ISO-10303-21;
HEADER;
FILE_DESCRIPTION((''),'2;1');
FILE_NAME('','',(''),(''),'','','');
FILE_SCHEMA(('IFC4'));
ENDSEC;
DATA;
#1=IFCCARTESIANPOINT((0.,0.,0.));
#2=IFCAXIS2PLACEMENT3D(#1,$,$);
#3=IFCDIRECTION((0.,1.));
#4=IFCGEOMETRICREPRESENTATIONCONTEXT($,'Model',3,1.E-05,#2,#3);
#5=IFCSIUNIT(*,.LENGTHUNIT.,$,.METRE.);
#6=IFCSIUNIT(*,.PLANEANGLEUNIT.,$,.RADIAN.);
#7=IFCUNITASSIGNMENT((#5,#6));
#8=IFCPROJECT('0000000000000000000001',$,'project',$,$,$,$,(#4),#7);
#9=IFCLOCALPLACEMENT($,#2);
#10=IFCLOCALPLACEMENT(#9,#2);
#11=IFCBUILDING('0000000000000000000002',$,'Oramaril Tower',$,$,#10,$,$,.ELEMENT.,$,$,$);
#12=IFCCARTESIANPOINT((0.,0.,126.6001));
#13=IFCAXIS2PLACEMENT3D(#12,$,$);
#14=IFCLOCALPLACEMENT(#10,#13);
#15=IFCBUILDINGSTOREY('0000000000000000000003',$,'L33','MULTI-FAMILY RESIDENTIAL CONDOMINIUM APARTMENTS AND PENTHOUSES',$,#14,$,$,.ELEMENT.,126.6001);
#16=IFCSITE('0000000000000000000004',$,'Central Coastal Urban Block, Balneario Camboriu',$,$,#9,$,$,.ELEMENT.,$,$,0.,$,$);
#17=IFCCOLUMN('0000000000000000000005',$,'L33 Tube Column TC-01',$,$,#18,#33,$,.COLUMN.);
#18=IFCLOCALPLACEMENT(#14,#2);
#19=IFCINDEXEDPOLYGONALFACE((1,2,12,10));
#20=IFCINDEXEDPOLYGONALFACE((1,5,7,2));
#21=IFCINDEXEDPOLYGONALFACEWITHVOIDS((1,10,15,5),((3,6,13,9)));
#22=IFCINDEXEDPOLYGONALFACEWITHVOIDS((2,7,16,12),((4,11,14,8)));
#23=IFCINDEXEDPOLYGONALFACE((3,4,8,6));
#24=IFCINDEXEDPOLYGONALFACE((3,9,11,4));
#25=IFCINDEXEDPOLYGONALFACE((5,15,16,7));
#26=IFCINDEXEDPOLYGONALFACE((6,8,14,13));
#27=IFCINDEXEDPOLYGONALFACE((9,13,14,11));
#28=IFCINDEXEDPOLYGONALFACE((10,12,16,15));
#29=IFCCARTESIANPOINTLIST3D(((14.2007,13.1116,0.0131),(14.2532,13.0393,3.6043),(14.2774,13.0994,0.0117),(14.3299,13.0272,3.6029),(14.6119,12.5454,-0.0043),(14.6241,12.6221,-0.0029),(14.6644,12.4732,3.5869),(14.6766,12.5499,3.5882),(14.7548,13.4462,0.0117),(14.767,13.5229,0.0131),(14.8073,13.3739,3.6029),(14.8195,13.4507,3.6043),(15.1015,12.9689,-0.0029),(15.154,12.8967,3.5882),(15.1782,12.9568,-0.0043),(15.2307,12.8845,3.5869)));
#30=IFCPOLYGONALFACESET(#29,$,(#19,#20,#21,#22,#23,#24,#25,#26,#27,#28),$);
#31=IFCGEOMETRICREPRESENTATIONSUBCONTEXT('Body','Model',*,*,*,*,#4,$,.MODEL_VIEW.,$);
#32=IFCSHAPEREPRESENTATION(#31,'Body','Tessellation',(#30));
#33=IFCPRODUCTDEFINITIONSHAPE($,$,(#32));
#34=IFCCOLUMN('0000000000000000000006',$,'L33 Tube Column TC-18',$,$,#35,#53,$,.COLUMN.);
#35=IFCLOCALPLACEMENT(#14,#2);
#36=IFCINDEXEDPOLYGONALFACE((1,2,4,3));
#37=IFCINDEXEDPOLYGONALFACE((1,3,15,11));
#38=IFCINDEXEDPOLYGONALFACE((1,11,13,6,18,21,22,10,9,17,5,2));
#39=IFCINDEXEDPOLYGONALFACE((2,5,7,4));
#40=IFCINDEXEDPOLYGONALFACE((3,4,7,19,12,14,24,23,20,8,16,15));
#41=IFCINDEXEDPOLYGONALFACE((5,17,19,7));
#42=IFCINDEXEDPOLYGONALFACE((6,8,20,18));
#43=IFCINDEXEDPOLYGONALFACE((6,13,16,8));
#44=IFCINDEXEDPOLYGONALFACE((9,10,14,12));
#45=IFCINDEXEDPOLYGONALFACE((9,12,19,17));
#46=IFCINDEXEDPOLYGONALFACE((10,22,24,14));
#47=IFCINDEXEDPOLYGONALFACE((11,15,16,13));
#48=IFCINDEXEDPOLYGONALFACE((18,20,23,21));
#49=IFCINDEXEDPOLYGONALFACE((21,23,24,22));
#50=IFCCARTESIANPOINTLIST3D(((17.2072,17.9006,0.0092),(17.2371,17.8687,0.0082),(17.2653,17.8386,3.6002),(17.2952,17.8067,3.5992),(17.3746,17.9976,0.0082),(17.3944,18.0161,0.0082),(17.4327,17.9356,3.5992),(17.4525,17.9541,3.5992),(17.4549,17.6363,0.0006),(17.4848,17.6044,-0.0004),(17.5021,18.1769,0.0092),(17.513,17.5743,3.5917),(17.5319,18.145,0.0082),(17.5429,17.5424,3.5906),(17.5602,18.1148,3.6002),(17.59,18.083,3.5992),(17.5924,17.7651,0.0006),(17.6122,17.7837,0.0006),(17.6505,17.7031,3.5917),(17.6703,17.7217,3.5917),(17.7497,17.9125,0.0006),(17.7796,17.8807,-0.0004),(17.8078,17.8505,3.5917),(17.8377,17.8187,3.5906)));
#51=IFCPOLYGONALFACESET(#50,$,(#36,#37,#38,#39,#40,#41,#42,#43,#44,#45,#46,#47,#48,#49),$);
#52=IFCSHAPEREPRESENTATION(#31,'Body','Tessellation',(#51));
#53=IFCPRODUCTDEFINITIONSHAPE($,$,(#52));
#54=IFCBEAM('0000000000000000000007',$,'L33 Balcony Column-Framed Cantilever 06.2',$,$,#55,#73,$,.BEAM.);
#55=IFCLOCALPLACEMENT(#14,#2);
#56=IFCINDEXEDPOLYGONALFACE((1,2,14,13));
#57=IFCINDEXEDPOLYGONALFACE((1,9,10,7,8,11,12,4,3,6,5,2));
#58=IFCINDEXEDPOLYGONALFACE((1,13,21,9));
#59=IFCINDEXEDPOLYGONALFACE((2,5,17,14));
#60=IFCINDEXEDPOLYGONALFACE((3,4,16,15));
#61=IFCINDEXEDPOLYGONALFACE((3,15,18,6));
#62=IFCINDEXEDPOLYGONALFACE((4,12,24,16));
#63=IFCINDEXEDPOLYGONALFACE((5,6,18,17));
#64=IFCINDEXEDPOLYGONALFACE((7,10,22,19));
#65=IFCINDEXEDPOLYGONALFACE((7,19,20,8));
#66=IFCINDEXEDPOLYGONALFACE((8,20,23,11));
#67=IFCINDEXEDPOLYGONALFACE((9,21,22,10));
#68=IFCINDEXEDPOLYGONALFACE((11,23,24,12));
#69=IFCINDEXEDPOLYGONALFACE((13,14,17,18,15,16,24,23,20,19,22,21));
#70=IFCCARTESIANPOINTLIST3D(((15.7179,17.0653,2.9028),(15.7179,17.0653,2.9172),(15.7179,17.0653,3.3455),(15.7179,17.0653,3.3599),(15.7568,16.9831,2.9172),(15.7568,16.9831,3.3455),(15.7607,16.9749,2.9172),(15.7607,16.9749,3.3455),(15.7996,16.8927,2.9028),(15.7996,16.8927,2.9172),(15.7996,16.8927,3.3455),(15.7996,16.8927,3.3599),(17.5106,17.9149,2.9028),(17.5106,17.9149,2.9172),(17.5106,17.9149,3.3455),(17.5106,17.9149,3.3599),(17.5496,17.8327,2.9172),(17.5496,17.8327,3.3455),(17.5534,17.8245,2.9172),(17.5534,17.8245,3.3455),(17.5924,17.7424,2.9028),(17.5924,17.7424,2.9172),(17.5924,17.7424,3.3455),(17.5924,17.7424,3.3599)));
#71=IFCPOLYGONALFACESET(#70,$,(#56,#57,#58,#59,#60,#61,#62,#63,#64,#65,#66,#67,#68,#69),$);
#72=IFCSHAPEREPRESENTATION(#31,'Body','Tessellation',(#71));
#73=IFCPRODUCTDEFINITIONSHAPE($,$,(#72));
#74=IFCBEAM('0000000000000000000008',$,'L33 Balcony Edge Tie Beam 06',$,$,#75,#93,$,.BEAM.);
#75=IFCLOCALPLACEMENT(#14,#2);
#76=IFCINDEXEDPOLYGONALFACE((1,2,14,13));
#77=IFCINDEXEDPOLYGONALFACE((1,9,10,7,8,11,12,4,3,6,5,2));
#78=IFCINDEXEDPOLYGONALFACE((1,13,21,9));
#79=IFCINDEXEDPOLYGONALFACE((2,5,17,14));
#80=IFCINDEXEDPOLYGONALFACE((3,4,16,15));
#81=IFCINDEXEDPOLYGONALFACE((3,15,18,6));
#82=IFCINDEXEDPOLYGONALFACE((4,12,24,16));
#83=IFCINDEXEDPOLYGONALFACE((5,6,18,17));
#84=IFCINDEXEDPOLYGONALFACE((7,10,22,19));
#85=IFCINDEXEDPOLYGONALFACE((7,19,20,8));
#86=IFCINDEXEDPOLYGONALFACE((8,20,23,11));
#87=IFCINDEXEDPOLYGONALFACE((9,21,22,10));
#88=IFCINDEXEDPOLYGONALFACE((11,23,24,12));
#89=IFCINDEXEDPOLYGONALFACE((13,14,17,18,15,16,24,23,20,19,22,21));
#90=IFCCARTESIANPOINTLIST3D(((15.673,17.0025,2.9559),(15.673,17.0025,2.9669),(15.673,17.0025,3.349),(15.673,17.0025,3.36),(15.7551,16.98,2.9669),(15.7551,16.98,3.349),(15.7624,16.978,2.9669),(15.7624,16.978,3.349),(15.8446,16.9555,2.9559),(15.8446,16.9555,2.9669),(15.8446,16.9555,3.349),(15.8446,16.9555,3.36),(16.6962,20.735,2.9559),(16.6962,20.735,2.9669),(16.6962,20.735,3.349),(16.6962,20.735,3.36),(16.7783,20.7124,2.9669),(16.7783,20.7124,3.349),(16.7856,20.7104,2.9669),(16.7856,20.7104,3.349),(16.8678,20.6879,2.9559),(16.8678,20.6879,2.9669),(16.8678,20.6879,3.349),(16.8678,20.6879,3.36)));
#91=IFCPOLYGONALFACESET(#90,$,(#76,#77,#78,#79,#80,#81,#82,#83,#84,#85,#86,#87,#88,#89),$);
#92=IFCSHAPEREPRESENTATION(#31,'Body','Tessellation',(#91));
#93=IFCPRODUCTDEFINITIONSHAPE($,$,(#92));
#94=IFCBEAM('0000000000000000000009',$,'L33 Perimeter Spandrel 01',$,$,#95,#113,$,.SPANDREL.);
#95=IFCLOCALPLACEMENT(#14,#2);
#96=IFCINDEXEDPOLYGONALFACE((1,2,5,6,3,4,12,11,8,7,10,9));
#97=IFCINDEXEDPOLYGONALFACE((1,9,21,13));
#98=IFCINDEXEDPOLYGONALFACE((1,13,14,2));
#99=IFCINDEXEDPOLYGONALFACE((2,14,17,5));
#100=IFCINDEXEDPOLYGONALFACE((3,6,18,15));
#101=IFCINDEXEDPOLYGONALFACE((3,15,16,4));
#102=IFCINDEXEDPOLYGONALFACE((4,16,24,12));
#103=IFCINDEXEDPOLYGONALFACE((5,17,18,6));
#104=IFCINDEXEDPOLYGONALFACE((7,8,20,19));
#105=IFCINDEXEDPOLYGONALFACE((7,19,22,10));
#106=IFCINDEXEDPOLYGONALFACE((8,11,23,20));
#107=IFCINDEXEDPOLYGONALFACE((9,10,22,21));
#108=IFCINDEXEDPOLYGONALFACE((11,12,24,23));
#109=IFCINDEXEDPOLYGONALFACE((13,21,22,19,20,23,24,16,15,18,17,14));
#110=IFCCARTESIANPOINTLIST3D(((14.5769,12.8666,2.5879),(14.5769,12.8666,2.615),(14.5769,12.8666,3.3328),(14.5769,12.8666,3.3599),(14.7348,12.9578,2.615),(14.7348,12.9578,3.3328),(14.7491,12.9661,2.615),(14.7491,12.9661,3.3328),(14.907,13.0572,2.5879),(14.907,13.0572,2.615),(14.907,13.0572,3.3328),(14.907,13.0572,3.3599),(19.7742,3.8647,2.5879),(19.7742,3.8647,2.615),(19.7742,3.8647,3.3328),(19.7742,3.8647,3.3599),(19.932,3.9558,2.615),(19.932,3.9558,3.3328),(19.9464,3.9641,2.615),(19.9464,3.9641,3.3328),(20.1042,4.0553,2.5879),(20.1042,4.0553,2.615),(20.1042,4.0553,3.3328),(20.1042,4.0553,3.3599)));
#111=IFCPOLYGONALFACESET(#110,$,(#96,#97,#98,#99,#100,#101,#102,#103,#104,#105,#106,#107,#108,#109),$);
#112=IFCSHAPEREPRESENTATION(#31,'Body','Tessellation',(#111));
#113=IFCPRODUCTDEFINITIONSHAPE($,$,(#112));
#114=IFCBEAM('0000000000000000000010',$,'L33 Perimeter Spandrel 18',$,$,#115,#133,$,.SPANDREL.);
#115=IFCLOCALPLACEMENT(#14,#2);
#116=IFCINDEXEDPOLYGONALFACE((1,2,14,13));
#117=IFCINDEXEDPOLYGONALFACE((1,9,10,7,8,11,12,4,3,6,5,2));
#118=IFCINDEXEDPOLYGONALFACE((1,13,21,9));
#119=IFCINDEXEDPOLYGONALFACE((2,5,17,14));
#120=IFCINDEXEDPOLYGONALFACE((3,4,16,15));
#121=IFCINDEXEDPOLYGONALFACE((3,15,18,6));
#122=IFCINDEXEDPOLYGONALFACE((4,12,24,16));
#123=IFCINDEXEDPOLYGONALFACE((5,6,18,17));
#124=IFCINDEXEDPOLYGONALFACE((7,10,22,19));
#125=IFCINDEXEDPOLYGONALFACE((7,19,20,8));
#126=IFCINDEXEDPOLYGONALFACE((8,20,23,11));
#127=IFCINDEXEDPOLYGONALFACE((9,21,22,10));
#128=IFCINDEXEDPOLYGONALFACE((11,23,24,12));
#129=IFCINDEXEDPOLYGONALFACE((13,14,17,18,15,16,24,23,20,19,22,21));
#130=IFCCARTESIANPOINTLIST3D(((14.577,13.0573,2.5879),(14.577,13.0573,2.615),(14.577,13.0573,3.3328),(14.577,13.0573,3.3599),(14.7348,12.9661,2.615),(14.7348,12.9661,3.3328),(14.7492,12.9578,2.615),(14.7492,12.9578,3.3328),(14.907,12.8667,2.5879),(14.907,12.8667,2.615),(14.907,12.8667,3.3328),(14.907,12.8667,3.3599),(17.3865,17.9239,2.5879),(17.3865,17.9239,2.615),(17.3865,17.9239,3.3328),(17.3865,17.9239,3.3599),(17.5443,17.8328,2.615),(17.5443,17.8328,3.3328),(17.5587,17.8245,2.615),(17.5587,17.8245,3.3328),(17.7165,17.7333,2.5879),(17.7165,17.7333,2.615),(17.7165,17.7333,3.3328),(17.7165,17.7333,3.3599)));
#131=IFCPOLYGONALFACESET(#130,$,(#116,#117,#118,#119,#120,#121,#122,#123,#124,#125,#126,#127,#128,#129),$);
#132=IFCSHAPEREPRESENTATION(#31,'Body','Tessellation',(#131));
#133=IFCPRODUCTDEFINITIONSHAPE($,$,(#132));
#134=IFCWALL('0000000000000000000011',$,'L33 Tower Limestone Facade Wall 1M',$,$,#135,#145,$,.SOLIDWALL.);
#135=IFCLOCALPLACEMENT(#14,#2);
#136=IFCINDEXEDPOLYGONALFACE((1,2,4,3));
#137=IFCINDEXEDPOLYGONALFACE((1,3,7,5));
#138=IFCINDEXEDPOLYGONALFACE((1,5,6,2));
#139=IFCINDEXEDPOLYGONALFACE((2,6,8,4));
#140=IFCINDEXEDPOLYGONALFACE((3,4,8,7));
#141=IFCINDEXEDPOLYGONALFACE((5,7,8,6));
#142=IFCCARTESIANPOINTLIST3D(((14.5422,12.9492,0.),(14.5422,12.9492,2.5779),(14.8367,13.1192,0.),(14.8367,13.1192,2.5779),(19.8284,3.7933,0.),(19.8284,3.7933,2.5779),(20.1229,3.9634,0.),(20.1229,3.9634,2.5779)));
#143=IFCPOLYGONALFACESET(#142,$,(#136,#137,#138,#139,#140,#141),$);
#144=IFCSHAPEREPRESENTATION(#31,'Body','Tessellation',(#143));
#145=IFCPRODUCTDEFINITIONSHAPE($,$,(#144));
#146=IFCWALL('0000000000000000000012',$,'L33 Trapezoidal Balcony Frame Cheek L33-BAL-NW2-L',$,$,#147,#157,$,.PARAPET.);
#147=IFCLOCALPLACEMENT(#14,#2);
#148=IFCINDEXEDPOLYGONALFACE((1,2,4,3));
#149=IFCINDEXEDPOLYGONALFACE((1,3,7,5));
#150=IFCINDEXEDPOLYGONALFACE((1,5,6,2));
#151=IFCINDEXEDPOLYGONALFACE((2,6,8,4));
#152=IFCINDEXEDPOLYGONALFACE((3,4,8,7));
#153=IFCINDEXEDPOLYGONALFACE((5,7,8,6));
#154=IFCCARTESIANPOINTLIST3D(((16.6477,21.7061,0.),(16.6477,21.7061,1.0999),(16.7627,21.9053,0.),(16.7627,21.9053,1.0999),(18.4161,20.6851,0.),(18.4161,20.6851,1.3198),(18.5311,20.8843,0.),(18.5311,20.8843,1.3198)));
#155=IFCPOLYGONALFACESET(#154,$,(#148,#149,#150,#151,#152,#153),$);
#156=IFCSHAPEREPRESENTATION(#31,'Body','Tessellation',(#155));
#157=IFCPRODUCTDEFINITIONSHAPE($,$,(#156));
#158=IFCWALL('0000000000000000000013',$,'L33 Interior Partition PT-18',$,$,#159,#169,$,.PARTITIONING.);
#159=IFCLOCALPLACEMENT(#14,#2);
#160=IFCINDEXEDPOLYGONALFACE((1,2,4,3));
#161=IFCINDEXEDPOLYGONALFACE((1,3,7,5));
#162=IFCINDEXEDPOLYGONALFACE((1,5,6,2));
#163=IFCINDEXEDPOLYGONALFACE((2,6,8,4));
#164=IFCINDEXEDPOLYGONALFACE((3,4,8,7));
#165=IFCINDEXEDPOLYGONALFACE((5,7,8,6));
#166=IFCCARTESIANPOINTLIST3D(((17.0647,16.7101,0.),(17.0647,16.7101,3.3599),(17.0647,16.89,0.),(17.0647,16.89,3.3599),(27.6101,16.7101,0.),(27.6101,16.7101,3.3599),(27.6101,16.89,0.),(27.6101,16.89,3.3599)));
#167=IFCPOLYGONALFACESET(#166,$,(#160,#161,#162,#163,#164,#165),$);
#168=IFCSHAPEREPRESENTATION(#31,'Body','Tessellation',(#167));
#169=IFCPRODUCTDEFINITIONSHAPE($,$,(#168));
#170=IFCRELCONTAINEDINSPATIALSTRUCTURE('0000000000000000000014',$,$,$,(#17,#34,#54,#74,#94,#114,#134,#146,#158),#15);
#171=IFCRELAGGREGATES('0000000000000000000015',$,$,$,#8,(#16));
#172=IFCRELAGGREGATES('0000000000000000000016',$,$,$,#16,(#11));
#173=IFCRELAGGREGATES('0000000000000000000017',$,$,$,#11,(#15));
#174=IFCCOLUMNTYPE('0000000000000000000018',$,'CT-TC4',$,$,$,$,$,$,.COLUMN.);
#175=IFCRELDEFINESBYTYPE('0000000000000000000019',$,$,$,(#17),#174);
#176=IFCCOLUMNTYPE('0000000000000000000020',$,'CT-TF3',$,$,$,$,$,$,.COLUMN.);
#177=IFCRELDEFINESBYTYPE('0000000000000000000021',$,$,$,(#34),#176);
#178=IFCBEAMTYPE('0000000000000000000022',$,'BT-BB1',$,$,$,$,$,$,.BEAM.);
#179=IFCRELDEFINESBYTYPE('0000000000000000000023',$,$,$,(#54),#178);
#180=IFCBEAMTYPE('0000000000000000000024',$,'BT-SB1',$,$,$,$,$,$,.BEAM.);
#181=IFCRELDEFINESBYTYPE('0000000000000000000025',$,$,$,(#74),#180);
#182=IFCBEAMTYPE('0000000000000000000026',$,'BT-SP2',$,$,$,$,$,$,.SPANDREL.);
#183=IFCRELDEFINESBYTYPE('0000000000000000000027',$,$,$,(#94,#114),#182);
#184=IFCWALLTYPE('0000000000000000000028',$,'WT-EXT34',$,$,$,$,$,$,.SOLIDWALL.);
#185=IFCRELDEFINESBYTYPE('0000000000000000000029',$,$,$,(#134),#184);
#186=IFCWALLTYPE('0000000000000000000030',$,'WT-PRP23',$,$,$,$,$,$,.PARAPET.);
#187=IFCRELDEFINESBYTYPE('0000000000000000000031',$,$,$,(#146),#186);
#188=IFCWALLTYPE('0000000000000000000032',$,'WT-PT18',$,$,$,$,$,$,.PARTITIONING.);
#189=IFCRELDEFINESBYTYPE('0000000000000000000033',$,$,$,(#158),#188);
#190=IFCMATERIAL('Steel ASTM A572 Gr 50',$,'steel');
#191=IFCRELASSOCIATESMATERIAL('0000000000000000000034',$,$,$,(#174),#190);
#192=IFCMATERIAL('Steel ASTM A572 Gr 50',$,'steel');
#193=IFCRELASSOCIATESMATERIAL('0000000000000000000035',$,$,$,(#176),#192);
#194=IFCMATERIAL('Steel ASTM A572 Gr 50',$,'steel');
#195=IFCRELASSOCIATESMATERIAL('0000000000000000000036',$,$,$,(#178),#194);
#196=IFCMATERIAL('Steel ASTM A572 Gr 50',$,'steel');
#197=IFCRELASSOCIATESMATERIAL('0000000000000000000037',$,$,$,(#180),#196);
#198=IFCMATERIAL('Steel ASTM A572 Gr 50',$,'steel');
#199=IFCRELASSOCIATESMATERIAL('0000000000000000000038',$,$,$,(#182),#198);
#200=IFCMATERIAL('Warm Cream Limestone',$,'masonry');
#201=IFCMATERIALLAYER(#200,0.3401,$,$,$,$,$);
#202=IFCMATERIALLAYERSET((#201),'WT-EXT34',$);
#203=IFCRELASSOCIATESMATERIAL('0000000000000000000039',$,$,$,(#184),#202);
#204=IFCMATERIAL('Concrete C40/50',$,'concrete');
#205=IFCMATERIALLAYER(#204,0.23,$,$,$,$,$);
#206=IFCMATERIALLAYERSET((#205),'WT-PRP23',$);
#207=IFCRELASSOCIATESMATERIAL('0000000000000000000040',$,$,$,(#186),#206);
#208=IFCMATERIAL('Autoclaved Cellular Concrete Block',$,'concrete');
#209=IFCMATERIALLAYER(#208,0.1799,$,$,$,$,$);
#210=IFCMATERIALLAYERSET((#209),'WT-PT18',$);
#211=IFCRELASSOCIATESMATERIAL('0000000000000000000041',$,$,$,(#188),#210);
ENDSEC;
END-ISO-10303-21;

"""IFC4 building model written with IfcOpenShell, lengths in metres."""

from ifc_helpers import new_model, si_unit, direction, frame, frame_2d, origin, origin_2d, place, context, subcontext, project, spatial, polyline, rectangle, hollow_rectangle, i_section, outline, extrude, material, layer, layer_set, material_profile, profile_set, type_object, element, save


model = new_model("IFC4")

# Units and contexts
model_context = context("Model", 3, precision=1e-05, world=origin(), true_north=direction((0.0, 1.0)))
body_context = subcontext(model_context, "Body", "Model", "MODEL_VIEW")
ifc_project = project(units=[si_unit("LENGTHUNIT", "METRE"), si_unit("PLANEANGLEUNIT", "RADIAN")], contexts=[model_context])

# Site, building, storey
site_placement = place(None, origin())
site = spatial("IfcSite", under=ifc_project, at=site_placement, Name="Central Coastal Urban Block, Balneario Camboriu", CompositionType="ELEMENT", RefElevation=0.0)
building_placement = place(site_placement, origin())
building = spatial("IfcBuilding", under=site, at=building_placement, Name="Oramaril Tower", CompositionType="ELEMENT")
storey_placement = place(building_placement, frame((0.0, 0.0, 126.6001)))
storey = spatial("IfcBuildingStorey", under=building, at=storey_placement, Name="L33", Description="MULTI-FAMILY RESIDENTIAL CONDOMINIUM APARTMENTS AND PENTHOUSES", CompositionType="ELEMENT", Elevation=126.6001)

# Columns
ifc_material_1 = material(Name="Steel ASTM A572 Gr 50", Category="steel")
ifc_material_profile_1 = material_profile(ifc_material_1, hollow_rectangle(XDim=0.7, YDim=0.7, WallThickness=0.0549, at=origin_2d()), Name="BOX700X700X55")
ifc_profile_set_1 = profile_set([ifc_material_profile_1], Name="Steel ASTM A572 Gr 50")
column_type_1 = type_object("IfcColumnType", Name="CT-TC4", PredefinedType="COLUMN", material=ifc_profile_set_1)
column_1_placement = place(storey_placement, frame((14.6895, 13.0342, 0.0044), z_axis=(0.014612, -0.020118, 0.999691), x_axis=(0.809091, 0.587684, 0.0)))
element("IfcColumn", 1, at=column_1_placement, inside=storey, type_object=column_type_1, Name="L33 Tube Column TC-01", PredefinedType="COLUMN", context=body_context, shape_type="SweptSolid", body=[
    extrude(hollow_rectangle(XDim=0.7, YDim=0.7, WallThickness=0.0549, at=origin_2d()), origin(), (0.0, 0.0, 1.0), 3.5923),
])
ifc_material_2 = material(Name="Steel ASTM A572 Gr 50", Category="steel")
ifc_material_profile_2 = material_profile(ifc_material_2, i_section(OverallWidth=0.4041, OverallDepth=0.406, WebThickness=0.0271, FlangeThickness=0.0437, at=origin_2d()), Name="W14X233")
ifc_profile_set_2 = profile_set([ifc_material_profile_2], Name="Steel ASTM A572 Gr 50")
column_type_2 = type_object("IfcColumnType", Name="CT-TF3", PredefinedType="COLUMN", material=ifc_profile_set_2)
column_2_placement = place(storey_placement, frame((17.4934, 17.8906, 0.0044), z_axis=(0.016176, -0.017264, 0.99972), x_axis=(0.729716, 0.68375, 0.0)))
element("IfcColumn", 2, at=column_2_placement, inside=storey, type_object=column_type_2, Name="L33 Tube Column TC-18", PredefinedType="COLUMN", context=body_context, shape_type="SweptSolid", body=[
    extrude(i_section(OverallWidth=0.4041, OverallDepth=0.406, WebThickness=0.0271, FlangeThickness=0.0437, at=origin_2d()), origin(), (0.0, 0.0, 1.0), 3.592),
])

# Beams
ifc_material_3 = material(Name="Steel ASTM A572 Gr 50", Category="steel")
ifc_material_profile_3 = material_profile(ifc_material_3, i_section(OverallWidth=0.1909, OverallDepth=0.457, WebThickness=0.009, FlangeThickness=0.0144, at=origin_2d()), Name="W18X50")
ifc_profile_set_3 = profile_set([ifc_material_profile_3], Name="Steel ASTM A572 Gr 50")
beam_type_1 = type_object("IfcBeamType", Name="BT-BB1", PredefinedType="BEAM", material=ifc_profile_set_3)
beam_1_placement = place(storey_placement, frame((17.5515, 17.8286, 3.1313), z_axis=(-0.903655, -0.428261, 0.0), x_axis=(0.428261, -0.903655, 0.0)))
element("IfcBeam", 3, at=beam_1_placement, inside=storey, type_object=beam_type_1, Name="L33 Balcony Column-Framed Cantilever 06.2", PredefinedType="BEAM", context=body_context, shape_type="SweptSolid", body=[
    extrude(i_section(OverallWidth=0.1909, OverallDepth=0.457, WebThickness=0.009, FlangeThickness=0.0144, at=origin_2d()), origin(), (0.0, 0.0, 1.0), 1.9839),
])
ifc_material_4 = material(Name="Steel ASTM A572 Gr 50", Category="steel")
ifc_material_profile_4 = material_profile(ifc_material_4, i_section(OverallWidth=0.178, OverallDepth=0.4041, WebThickness=0.0076, FlangeThickness=0.011, at=origin_2d()), Name="W16X36")
ifc_profile_set_4 = profile_set([ifc_material_profile_4], Name="Steel ASTM A572 Gr 50")
beam_type_2 = type_object("IfcBeamType", Name="BT-SB1", PredefinedType="BEAM", material=ifc_profile_set_4)
beam_2_placement = place(storey_placement, frame((16.782, 20.7114, 3.158), z_axis=(-0.264382, -0.964418, 0.0), x_axis=(0.964418, -0.264382, 0.0)))
element("IfcBeam", 4, at=beam_2_placement, inside=storey, type_object=beam_type_2, Name="L33 Balcony Edge Tie Beam 06", PredefinedType="BEAM", context=body_context, shape_type="SweptSolid", body=[
    extrude(i_section(OverallWidth=0.178, OverallDepth=0.4041, WebThickness=0.0076, FlangeThickness=0.011, at=origin_2d()), origin(), (0.0, 0.0, 1.0), 3.8701),
])
ifc_material_5 = material(Name="Steel ASTM A572 Gr 50", Category="steel")
ifc_material_profile_5 = material_profile(ifc_material_5, i_section(OverallWidth=0.3811, OverallDepth=0.772, WebThickness=0.0166, FlangeThickness=0.0271, at=origin_2d()), Name="W30X173")
ifc_profile_set_5 = profile_set([ifc_material_profile_5], Name="Steel ASTM A572 Gr 50")
beam_type_3 = type_object("IfcBeamType", Name="BT-SP2", PredefinedType="SPANDREL", material=ifc_profile_set_5)
beam_3_placement = place(storey_placement, frame((14.7419, 12.9619, 2.9739), z_axis=(0.499999, -0.866026, 0.0), x_axis=(0.866026, 0.499999, 0.0)))
element("IfcBeam", 5, at=beam_3_placement, inside=storey, type_object=beam_type_3, Name="L33 Perimeter Spandrel 01", PredefinedType="SPANDREL", context=body_context, shape_type="SweptSolid", body=[
    extrude(i_section(OverallWidth=0.3811, OverallDepth=0.772, WebThickness=0.0166, FlangeThickness=0.0271, at=origin_2d()), origin(), (0.0, 0.0, 1.0), 10.3945),
])
beam_4_placement = place(storey_placement, frame((17.5515, 17.8286, 2.9739), z_axis=(-0.499971, -0.866042, 0.0), x_axis=(0.866042, -0.499971, 0.0)))
element("IfcBeam", 6, at=beam_4_placement, inside=storey, type_object=beam_type_3, Name="L33 Perimeter Spandrel 18", PredefinedType="SPANDREL", context=body_context, shape_type="SweptSolid", body=[
    extrude(i_section(OverallWidth=0.3811, OverallDepth=0.772, WebThickness=0.0166, FlangeThickness=0.0271, at=origin_2d()), origin(), (0.0, 0.0, 1.0), 5.6194),
])

# Walls
ifc_material_6 = material(Name="Warm Cream Limestone", Category="masonry")
ifc_layer_1 = layer(ifc_material_6, 0.3401)
ifc_layer_set_1 = layer_set([ifc_layer_1], Name="WT-EXT34")
wall_type_1 = type_object("IfcWallType", Name="WT-EXT34", PredefinedType="SOLIDWALL", material=ifc_layer_set_1)
wall_1_placement = place(storey_placement, frame((14.6895, 13.0342, 0.0), z_axis=(0.0, 0.0, 1.0), x_axis=(0.500004, -0.866023, 0.0)))
element("IfcWall", 7, at=wall_1_placement, inside=storey, type_object=wall_type_1, Name="L33 Tower Limestone Facade Wall 1M", PredefinedType="SOLIDWALL", context=body_context, shape_type="SweptSolid", body=[
    extrude(rectangle(XDim=10.5723, YDim=0.3401, at=frame_2d((5.2861, 0.0))), origin(), (0.0, 0.0, 1.0), 2.5779),
])
ifc_material_7 = material(Name="Concrete C40/50", Category="concrete")
ifc_layer_2 = layer(ifc_material_7, 0.23)
ifc_layer_set_2 = layer_set([ifc_layer_2], Name="WT-PRP23")
wall_type_2 = type_object("IfcWallType", Name="WT-PRP23", PredefinedType="PARAPET", material=ifc_layer_set_2)
wall_2_placement = place(storey_placement, frame((18.4736, 20.7847, 0.0), z_axis=(0.0, 0.0, 1.0), x_axis=(-0.866012, 0.500023, 0.0)))
element("IfcWall", 8, at=wall_2_placement, inside=storey, type_object=wall_type_2, Name="L33 Trapezoidal Balcony Frame Cheek L33-BAL-NW2-L", PredefinedType="PARAPET", context=body_context, shape_type="SweptSolid", body=[
    extrude(outline(polyline([(0.0, 0.0), (2.042, 0.0), (2.042, 1.0999), (0.0, 1.3198), (0.0, 0.0)])), frame((0.0, 0.115, 0.0), z_axis=(0.0, -1.0, 0.0), x_axis=(1.0, 0.0, 0.0)), (0.0, 0.0, 1.0), 0.23),
])
ifc_material_8 = material(Name="Autoclaved Cellular Concrete Block", Category="concrete")
ifc_layer_3 = layer(ifc_material_8, 0.1799)
ifc_layer_set_3 = layer_set([ifc_layer_3], Name="WT-PT18")
wall_type_3 = type_object("IfcWallType", Name="WT-PT18", PredefinedType="PARTITIONING", material=ifc_layer_set_3)
wall_3_placement = place(storey_placement, frame((17.0647, 16.8, 0.0), z_axis=(0.0, 0.0, 1.0), x_axis=(1.0, 0.0, 0.0)))
element("IfcWall", 9, at=wall_3_placement, inside=storey, type_object=wall_type_3, Name="L33 Interior Partition PT-18", PredefinedType="PARTITIONING", context=body_context, shape_type="SweptSolid", body=[
    extrude(rectangle(XDim=10.5454, YDim=0.1799, at=frame_2d((5.2727, 0.0))), origin(), (0.0, 0.0, 1.0), 3.3599),
])

save(model, "model.ifc")
